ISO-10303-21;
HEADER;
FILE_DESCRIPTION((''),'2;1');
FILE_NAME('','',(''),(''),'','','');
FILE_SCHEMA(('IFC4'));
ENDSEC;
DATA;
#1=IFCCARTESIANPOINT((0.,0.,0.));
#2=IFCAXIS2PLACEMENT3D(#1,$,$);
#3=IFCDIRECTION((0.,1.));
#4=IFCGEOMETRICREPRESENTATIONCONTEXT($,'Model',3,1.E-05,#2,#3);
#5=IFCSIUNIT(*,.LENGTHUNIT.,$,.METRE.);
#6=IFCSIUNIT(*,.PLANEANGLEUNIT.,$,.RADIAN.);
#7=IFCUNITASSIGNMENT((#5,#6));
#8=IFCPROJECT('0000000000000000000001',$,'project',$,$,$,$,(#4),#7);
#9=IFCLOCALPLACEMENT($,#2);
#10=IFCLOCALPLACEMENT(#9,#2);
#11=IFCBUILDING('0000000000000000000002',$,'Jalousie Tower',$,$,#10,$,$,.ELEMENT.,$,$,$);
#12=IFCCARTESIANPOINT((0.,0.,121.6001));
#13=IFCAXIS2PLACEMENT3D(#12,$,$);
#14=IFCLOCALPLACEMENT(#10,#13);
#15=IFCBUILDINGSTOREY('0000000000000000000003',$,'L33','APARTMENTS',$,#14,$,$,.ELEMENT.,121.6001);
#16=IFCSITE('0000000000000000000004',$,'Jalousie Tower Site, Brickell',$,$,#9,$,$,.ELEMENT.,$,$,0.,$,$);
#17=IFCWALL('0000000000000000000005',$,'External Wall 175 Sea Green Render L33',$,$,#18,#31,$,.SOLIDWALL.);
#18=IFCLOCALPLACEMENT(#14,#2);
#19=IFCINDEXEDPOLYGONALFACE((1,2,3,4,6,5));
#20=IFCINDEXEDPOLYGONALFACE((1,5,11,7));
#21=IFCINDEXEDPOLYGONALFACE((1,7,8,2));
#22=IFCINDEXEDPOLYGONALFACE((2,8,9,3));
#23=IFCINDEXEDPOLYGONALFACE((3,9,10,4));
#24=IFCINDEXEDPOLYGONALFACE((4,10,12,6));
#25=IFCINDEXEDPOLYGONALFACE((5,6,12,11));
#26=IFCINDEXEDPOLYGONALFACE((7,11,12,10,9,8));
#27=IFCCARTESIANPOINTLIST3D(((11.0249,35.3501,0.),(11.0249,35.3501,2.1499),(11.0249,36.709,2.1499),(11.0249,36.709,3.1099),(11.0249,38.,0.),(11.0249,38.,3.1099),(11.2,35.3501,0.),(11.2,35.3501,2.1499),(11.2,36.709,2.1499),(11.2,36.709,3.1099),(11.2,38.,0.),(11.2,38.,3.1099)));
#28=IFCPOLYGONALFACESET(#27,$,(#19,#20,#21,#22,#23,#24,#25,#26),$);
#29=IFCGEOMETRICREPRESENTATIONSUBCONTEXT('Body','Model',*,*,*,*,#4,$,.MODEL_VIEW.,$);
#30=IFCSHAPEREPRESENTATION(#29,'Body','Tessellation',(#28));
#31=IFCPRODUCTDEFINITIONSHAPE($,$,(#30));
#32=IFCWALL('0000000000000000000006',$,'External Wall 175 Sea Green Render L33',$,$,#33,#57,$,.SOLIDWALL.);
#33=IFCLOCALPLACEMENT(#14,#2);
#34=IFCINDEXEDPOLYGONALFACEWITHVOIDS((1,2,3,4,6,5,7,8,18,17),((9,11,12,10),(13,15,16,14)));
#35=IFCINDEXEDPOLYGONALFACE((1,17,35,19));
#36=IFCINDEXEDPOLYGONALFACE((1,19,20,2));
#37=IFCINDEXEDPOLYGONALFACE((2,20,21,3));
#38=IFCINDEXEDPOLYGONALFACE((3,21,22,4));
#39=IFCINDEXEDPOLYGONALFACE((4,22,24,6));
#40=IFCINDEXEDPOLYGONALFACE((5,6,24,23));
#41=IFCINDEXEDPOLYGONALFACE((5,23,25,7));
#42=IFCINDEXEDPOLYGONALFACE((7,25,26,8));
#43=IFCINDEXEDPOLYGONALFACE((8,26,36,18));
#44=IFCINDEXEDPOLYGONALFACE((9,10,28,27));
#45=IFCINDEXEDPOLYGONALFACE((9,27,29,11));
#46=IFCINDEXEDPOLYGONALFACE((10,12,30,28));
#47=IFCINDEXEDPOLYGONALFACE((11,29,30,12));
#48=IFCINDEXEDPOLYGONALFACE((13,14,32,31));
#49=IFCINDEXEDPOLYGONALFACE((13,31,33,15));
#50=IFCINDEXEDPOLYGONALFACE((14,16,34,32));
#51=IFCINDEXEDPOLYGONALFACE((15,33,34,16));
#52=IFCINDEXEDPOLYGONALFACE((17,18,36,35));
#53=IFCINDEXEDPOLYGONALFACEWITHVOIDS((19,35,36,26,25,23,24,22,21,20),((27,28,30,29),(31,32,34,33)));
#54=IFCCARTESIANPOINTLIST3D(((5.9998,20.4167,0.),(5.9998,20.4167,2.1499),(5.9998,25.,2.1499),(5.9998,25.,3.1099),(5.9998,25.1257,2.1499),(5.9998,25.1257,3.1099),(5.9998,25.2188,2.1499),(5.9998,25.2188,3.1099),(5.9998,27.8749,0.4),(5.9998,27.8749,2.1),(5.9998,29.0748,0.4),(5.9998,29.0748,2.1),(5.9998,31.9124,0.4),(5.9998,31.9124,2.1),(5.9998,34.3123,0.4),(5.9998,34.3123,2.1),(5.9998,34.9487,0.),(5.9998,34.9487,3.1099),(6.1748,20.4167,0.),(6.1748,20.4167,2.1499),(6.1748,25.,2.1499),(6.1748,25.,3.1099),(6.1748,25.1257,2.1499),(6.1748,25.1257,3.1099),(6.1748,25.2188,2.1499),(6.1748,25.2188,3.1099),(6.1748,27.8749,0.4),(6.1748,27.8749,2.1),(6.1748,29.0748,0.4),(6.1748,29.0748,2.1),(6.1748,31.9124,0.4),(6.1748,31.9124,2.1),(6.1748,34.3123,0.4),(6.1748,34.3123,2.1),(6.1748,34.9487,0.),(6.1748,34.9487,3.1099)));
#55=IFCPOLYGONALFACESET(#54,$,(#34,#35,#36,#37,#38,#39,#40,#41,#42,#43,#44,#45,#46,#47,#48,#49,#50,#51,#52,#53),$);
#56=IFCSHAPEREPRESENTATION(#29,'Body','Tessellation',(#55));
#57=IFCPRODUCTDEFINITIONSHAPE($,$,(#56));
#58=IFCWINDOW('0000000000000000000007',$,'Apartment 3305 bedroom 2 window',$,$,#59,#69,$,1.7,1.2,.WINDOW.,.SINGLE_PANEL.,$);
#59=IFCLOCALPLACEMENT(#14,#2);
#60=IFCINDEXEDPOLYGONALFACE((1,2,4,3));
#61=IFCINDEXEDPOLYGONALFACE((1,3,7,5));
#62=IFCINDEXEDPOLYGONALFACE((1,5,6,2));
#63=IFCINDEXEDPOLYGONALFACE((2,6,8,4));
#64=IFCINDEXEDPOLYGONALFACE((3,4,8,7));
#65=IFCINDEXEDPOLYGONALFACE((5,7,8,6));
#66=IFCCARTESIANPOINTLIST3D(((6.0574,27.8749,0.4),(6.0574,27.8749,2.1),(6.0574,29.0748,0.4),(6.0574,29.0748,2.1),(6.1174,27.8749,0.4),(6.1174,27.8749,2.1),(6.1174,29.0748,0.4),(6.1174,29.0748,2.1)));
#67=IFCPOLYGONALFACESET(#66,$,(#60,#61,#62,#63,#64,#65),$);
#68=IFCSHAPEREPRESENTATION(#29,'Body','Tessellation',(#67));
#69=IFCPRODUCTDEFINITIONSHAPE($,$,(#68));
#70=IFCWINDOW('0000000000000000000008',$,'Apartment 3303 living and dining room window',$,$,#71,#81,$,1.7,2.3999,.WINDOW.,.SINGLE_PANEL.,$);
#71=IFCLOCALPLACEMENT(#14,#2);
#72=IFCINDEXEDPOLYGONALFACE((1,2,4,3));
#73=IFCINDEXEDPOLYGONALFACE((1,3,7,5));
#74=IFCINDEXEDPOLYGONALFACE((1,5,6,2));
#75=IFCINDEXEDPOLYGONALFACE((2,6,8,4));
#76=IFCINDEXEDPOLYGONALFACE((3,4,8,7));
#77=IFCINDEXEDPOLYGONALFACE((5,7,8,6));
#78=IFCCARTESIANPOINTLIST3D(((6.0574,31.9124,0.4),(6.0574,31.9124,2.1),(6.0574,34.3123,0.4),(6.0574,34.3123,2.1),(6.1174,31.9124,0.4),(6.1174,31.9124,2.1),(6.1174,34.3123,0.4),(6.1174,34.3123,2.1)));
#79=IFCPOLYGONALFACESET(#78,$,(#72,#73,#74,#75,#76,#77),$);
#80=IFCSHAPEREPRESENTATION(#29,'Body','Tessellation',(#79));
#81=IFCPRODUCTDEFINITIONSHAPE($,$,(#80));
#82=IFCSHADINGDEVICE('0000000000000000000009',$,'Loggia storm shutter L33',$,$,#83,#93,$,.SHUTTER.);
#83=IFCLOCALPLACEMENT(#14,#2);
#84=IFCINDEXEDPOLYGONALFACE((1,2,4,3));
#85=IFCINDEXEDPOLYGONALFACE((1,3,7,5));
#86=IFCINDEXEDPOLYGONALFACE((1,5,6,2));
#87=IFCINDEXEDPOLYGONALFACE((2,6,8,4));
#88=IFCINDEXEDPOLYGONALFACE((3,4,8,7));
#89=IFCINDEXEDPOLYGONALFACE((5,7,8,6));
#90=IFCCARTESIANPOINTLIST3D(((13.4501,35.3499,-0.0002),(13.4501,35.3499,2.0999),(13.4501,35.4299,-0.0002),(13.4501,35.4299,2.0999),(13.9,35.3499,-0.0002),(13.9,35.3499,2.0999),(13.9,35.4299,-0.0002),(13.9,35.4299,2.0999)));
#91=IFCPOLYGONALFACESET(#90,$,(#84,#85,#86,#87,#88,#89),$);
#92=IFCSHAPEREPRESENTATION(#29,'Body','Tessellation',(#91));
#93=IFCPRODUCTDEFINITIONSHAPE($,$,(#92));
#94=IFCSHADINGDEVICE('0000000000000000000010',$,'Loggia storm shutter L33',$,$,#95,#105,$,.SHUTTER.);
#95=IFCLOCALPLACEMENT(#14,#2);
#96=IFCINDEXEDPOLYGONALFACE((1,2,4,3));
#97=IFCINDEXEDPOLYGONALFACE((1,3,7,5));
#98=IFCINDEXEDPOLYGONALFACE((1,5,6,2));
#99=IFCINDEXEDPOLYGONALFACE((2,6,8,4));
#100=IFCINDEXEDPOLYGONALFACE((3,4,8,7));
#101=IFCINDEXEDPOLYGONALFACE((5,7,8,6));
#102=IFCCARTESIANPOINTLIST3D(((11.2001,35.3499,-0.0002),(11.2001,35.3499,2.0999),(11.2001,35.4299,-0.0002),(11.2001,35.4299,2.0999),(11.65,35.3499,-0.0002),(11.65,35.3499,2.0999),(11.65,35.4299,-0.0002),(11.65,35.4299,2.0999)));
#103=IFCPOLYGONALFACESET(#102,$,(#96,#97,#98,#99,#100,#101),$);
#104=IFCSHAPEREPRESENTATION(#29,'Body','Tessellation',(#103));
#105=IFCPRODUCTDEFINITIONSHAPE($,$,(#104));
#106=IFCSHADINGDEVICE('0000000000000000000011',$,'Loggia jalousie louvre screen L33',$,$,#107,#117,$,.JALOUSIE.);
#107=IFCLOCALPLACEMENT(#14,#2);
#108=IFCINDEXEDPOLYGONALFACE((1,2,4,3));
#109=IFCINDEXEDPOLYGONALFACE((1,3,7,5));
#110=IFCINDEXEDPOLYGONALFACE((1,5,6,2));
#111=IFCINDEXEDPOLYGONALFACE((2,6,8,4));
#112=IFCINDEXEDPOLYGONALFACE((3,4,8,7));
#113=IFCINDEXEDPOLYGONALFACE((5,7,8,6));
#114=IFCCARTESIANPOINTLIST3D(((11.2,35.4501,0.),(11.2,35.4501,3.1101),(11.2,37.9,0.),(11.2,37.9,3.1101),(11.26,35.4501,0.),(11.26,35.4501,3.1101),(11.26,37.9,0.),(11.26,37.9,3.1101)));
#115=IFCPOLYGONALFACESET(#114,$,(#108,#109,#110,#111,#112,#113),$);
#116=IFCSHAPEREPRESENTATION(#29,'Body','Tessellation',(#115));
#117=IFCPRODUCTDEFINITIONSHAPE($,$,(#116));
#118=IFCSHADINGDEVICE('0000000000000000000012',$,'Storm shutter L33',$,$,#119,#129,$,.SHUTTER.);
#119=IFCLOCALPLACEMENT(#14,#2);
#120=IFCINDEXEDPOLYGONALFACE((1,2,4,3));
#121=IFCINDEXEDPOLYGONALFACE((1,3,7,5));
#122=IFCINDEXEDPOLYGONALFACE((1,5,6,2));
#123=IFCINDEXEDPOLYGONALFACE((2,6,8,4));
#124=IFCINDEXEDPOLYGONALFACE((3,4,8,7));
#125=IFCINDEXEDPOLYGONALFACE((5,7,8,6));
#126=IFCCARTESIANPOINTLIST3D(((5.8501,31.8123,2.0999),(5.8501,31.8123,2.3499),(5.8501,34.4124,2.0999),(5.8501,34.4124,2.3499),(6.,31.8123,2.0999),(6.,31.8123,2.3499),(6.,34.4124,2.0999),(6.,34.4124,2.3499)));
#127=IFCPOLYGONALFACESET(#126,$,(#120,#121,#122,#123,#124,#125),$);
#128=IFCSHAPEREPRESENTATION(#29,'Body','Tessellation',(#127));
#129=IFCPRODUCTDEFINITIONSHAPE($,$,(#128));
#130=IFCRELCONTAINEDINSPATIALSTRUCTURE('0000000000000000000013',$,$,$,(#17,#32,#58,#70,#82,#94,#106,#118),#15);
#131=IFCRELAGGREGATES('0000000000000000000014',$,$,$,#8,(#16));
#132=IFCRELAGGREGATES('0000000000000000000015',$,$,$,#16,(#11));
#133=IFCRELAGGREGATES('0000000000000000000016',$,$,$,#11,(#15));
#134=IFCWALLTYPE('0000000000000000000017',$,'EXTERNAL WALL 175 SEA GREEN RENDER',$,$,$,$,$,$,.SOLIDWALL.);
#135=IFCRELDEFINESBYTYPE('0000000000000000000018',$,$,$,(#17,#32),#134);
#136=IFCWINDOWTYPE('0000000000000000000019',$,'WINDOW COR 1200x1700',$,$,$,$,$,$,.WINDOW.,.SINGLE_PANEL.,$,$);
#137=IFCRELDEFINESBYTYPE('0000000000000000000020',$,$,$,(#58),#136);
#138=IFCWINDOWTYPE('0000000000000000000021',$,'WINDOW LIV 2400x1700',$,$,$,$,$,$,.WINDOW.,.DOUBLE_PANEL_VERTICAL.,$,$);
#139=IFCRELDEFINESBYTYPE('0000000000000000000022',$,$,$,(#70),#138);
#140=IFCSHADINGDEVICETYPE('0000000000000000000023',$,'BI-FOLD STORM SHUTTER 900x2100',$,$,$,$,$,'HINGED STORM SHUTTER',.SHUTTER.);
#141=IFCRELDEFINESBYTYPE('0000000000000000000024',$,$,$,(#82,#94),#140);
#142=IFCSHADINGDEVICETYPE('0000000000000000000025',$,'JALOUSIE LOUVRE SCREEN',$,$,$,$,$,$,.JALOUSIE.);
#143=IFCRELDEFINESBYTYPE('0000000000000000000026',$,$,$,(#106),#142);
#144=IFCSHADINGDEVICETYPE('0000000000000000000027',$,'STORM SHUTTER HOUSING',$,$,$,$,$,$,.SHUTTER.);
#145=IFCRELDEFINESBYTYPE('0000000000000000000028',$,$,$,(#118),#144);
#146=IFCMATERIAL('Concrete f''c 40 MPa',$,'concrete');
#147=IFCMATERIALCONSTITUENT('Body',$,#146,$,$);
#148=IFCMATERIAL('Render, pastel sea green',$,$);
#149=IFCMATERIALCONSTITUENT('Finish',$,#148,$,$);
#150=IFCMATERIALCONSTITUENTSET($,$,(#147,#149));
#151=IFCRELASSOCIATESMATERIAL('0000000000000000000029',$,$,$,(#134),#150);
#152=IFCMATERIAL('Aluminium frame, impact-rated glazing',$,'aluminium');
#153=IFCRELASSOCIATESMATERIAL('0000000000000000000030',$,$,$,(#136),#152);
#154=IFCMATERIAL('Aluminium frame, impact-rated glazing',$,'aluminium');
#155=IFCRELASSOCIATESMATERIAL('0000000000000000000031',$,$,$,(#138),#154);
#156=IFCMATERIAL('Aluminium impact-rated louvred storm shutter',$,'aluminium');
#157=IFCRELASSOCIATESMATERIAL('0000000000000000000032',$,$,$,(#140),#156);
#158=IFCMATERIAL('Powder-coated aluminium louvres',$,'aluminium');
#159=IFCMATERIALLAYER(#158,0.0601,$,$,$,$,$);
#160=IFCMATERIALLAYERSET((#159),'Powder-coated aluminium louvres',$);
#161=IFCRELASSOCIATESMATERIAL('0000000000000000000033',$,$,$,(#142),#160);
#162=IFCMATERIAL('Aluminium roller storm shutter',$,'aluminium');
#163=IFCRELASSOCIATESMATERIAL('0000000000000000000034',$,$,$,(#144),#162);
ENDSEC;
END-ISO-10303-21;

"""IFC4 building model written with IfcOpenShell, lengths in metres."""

from ifc_helpers import new_model, si_unit, direction, frame, frame_2d, origin, origin_2d, place, context, subcontext, project, spatial, polyline, rectangle, outline, extrude, material, layer, layer_set, constituent, constituent_set, type_object, element, fill, save


model = new_model("IFC4")

# Units and contexts
model_context = context("Model", 3, precision=1e-05, world=origin(), true_north=direction((0.0, 1.0)))
body_context = subcontext(model_context, "Body", "Model", "MODEL_VIEW")
ifc_project = project(units=[si_unit("LENGTHUNIT", "METRE"), si_unit("PLANEANGLEUNIT", "RADIAN")], contexts=[model_context])

# Site, building, storey
site_placement = place(None, origin())
site = spatial("IfcSite", under=ifc_project, at=site_placement, Name="Jalousie Tower Site, Brickell", CompositionType="ELEMENT", RefElevation=0.0)
building_placement = place(site_placement, origin())
building = spatial("IfcBuilding", under=site, at=building_placement, Name="Jalousie Tower", CompositionType="ELEMENT")
storey_placement = place(building_placement, frame((0.0, 0.0, 121.6001)))
storey = spatial("IfcBuildingStorey", under=building, at=storey_placement, Name="L33", Description="APARTMENTS", CompositionType="ELEMENT", Elevation=121.6001)

# Shared definitions
ifc_material_1 = material(Name="Concrete f'c 40 MPa", Category="concrete")
ifc_constituent_1 = constituent(ifc_material_1, Name="Body")
ifc_material_2 = material(Name="Render, pastel sea green")
ifc_constituent_2 = constituent(ifc_material_2, Name="Finish")
ifc_constituent_set = constituent_set(constituents=[ifc_constituent_1, ifc_constituent_2])
wall_type = type_object("IfcWallType", Name="EXTERNAL WALL 175 SEA GREEN RENDER", PredefinedType="SOLIDWALL", material=ifc_constituent_set)

# Wall
wall_1_placement = place(storey_placement, frame((11.1125, 38.0, 0.0), z_axis=(0.0, 0.0, 1.0), x_axis=(0.0, -1.0, 0.0)))
element("IfcWall", 1, at=wall_1_placement, inside=storey, type_object=wall_type, Name="External Wall 175 Sea Green Render L33", PredefinedType="SOLIDWALL", context=body_context, shape_type="SweptSolid", body=[
    extrude(outline(polyline([(0.0, 0.0), (2.6499, 0.0), (2.6499, 2.1499), (1.291, 2.1499), (1.291, 3.1099), (0.0, 3.1099), (0.0, 0.0)])), frame((0.0, 0.0874, 0.0), z_axis=(0.0, -1.0, 0.0), x_axis=(1.0, 0.0, 0.0)), (0.0, 0.0, 1.0), 0.175),
])

# Wall, openings, windows
wall_2_placement = place(storey_placement, frame((6.0874, 34.9487, 0.0), z_axis=(0.0, 0.0, 1.0), x_axis=(0.0, -1.0, 0.0)))
wall_2 = element("IfcWall", 2, at=wall_2_placement, inside=storey, type_object=wall_type, Name="External Wall 175 Sea Green Render L33", PredefinedType="SOLIDWALL", context=body_context, shape_type="SweptSolid", body=[
    extrude(outline(polyline([(0.0, 0.0), (14.532, 0.0), (14.532, 2.1499), (9.9487, 2.1499), (9.9487, 3.1099), (9.823, 3.1099), (9.823, 2.1499), (9.73, 2.1499), (9.73, 3.1099), (0.0, 3.1099), (0.0, 0.0)])), frame((0.0, 0.0874, 0.0), z_axis=(0.0, -1.0, 0.0), x_axis=(1.0, 0.0, 0.0)), (0.0, 0.0, 1.0), 0.175),
])
opening_1_placement = place(wall_2_placement, frame((0.6365, 0.0, 0.3999)))
opening_1 = element("IfcOpeningElement", 3, at=opening_1_placement, cuts=wall_2, PredefinedType="OPENING", context=body_context, shape_type="SweptSolid", body=[
    extrude(rectangle(XDim=2.3999, YDim=1.7, at=frame_2d((1.2, 0.8501))), frame((0.0, 0.0974, 0.0), z_axis=(0.0, -1.0, 0.0), x_axis=(1.0, 0.0, 0.0)), (0.0, 0.0, 1.0), 0.1951),
])
opening_2_placement = place(wall_2_placement, frame((5.8738, 0.0, 0.3999)))
opening_2 = element("IfcOpeningElement", 4, at=opening_2_placement, cuts=wall_2, PredefinedType="OPENING", context=body_context, shape_type="SweptSolid", body=[
    extrude(rectangle(XDim=1.2, YDim=1.7, at=frame_2d((0.6001, 0.8501))), frame((0.0, 0.0974, 0.0), z_axis=(0.0, -1.0, 0.0), x_axis=(1.0, 0.0, 0.0)), (0.0, 0.0, 1.0), 0.1951),
])
ifc_material_3 = material(Name="Aluminium frame, impact-rated glazing", Category="aluminium")
window_type_1 = type_object("IfcWindowType", Name="WINDOW COR 1200x1700", PartitioningType="SINGLE_PANEL", PredefinedType="WINDOW", material=ifc_material_3)
window_1_placement = place(opening_2_placement, origin())
window_1 = element("IfcWindow", 5, at=window_1_placement, inside=storey, type_object=window_type_1, Name="Apartment 3305 bedroom 2 window", OverallHeight=1.7, OverallWidth=1.2, PartitioningType="SINGLE_PANEL", PredefinedType="WINDOW", context=body_context, shape_type="SweptSolid", body=[
    extrude(rectangle(XDim=1.2, YDim=1.7, at=frame_2d((0.6001, 0.8501))), frame((0.0, 0.03, 0.0), z_axis=(0.0, -1.0, 0.0), x_axis=(1.0, 0.0, 0.0)), (0.0, 0.0, 1.0), 0.0601),
])
fill(opening_2, window_1)
ifc_material_4 = material(Name="Aluminium frame, impact-rated glazing", Category="aluminium")
window_type_2 = type_object("IfcWindowType", Name="WINDOW LIV 2400x1700", PartitioningType="DOUBLE_PANEL_VERTICAL", PredefinedType="WINDOW", material=ifc_material_4)
window_2_placement = place(opening_1_placement, origin())
window_2 = element("IfcWindow", 6, at=window_2_placement, inside=storey, type_object=window_type_2, Name="Apartment 3303 living and dining room window", OverallHeight=1.7, OverallWidth=2.3999, PartitioningType="SINGLE_PANEL", PredefinedType="WINDOW", context=body_context, shape_type="SweptSolid", body=[
    extrude(rectangle(XDim=2.3999, YDim=1.7, at=frame_2d((1.2, 0.8501))), frame((0.0, 0.03, 0.0), z_axis=(0.0, -1.0, 0.0), x_axis=(1.0, 0.0, 0.0)), (0.0, 0.0, 1.0), 0.0601),
])
fill(opening_1, window_2)

# Shading devices
ifc_material_5 = material(Name="Aluminium impact-rated louvred storm shutter", Category="aluminium")
shading_device_type_1 = type_object("IfcShadingDeviceType", Name="BI-FOLD STORM SHUTTER 900x2100", ElementType="HINGED STORM SHUTTER", PredefinedType="SHUTTER", material=ifc_material_5)
for number, where, z_axis, x_axis, name in (
    (7, (13.675, 35.3899, -0.0002), (0.0, 0.0, 1.0), (-1.0, 0.0, 0.0), "Loggia storm shutter L33"),
    (8, (11.425, 35.3899, -0.0002), (0.0, 0.0, 1.0), (-1.0, 0.0, 0.0), "Loggia storm shutter L33"),
):
    element("IfcShadingDevice", number, at=place(storey_placement, frame(where, z_axis=z_axis, x_axis=x_axis)), inside=storey, type_object=shading_device_type_1, Name=name, PredefinedType="SHUTTER", context=body_context, shape_type="SweptSolid", body=[
        extrude(rectangle(XDim=0.45, YDim=0.0801, at=origin_2d()), origin(), (0.0, 0.0, 1.0), 2.1001),
    ])
ifc_material_6 = material(Name="Powder-coated aluminium louvres", Category="aluminium")
ifc_layer_1 = layer(ifc_material_6, 0.0601)
ifc_layer_set_1 = layer_set([ifc_layer_1], Name="Powder-coated aluminium louvres")
shading_device_type_2 = type_object("IfcShadingDeviceType", Name="JALOUSIE LOUVRE SCREEN", PredefinedType="JALOUSIE", material=ifc_layer_set_1)
shading_device_1_placement = place(storey_placement, frame((11.23, 36.675, 0.0), z_axis=(0.0, 0.0, 1.0), x_axis=(-1.0, 0.0, 0.0)))
element("IfcShadingDevice", 9, at=shading_device_1_placement, inside=storey, type_object=shading_device_type_2, Name="Loggia jalousie louvre screen L33", PredefinedType="JALOUSIE", context=body_context, shape_type="SweptSolid", body=[
    extrude(rectangle(XDim=0.0601, YDim=2.45, at=origin_2d()), origin(), (0.0, 0.0, 1.0), 3.1101),
])
ifc_material_7 = material(Name="Aluminium roller storm shutter", Category="aluminium")
shading_device_type_3 = type_object("IfcShadingDeviceType", Name="STORM SHUTTER HOUSING", PredefinedType="SHUTTER", material=ifc_material_7)
shading_device_2_placement = place(storey_placement, frame((5.925, 33.1123, 2.0999), z_axis=(0.0, 0.0, 1.0), x_axis=(0.0, -1.0, 0.0)))
element("IfcShadingDevice", 10, at=shading_device_2_placement, inside=storey, type_object=shading_device_type_3, Name="Storm shutter L33", PredefinedType="SHUTTER", context=body_context, shape_type="SweptSolid", body=[
    extrude(rectangle(XDim=2.6001, YDim=0.1499, at=origin_2d()), origin(), (0.0, 0.0, 1.0), 0.25),
])

save(model, "model.ifc")
